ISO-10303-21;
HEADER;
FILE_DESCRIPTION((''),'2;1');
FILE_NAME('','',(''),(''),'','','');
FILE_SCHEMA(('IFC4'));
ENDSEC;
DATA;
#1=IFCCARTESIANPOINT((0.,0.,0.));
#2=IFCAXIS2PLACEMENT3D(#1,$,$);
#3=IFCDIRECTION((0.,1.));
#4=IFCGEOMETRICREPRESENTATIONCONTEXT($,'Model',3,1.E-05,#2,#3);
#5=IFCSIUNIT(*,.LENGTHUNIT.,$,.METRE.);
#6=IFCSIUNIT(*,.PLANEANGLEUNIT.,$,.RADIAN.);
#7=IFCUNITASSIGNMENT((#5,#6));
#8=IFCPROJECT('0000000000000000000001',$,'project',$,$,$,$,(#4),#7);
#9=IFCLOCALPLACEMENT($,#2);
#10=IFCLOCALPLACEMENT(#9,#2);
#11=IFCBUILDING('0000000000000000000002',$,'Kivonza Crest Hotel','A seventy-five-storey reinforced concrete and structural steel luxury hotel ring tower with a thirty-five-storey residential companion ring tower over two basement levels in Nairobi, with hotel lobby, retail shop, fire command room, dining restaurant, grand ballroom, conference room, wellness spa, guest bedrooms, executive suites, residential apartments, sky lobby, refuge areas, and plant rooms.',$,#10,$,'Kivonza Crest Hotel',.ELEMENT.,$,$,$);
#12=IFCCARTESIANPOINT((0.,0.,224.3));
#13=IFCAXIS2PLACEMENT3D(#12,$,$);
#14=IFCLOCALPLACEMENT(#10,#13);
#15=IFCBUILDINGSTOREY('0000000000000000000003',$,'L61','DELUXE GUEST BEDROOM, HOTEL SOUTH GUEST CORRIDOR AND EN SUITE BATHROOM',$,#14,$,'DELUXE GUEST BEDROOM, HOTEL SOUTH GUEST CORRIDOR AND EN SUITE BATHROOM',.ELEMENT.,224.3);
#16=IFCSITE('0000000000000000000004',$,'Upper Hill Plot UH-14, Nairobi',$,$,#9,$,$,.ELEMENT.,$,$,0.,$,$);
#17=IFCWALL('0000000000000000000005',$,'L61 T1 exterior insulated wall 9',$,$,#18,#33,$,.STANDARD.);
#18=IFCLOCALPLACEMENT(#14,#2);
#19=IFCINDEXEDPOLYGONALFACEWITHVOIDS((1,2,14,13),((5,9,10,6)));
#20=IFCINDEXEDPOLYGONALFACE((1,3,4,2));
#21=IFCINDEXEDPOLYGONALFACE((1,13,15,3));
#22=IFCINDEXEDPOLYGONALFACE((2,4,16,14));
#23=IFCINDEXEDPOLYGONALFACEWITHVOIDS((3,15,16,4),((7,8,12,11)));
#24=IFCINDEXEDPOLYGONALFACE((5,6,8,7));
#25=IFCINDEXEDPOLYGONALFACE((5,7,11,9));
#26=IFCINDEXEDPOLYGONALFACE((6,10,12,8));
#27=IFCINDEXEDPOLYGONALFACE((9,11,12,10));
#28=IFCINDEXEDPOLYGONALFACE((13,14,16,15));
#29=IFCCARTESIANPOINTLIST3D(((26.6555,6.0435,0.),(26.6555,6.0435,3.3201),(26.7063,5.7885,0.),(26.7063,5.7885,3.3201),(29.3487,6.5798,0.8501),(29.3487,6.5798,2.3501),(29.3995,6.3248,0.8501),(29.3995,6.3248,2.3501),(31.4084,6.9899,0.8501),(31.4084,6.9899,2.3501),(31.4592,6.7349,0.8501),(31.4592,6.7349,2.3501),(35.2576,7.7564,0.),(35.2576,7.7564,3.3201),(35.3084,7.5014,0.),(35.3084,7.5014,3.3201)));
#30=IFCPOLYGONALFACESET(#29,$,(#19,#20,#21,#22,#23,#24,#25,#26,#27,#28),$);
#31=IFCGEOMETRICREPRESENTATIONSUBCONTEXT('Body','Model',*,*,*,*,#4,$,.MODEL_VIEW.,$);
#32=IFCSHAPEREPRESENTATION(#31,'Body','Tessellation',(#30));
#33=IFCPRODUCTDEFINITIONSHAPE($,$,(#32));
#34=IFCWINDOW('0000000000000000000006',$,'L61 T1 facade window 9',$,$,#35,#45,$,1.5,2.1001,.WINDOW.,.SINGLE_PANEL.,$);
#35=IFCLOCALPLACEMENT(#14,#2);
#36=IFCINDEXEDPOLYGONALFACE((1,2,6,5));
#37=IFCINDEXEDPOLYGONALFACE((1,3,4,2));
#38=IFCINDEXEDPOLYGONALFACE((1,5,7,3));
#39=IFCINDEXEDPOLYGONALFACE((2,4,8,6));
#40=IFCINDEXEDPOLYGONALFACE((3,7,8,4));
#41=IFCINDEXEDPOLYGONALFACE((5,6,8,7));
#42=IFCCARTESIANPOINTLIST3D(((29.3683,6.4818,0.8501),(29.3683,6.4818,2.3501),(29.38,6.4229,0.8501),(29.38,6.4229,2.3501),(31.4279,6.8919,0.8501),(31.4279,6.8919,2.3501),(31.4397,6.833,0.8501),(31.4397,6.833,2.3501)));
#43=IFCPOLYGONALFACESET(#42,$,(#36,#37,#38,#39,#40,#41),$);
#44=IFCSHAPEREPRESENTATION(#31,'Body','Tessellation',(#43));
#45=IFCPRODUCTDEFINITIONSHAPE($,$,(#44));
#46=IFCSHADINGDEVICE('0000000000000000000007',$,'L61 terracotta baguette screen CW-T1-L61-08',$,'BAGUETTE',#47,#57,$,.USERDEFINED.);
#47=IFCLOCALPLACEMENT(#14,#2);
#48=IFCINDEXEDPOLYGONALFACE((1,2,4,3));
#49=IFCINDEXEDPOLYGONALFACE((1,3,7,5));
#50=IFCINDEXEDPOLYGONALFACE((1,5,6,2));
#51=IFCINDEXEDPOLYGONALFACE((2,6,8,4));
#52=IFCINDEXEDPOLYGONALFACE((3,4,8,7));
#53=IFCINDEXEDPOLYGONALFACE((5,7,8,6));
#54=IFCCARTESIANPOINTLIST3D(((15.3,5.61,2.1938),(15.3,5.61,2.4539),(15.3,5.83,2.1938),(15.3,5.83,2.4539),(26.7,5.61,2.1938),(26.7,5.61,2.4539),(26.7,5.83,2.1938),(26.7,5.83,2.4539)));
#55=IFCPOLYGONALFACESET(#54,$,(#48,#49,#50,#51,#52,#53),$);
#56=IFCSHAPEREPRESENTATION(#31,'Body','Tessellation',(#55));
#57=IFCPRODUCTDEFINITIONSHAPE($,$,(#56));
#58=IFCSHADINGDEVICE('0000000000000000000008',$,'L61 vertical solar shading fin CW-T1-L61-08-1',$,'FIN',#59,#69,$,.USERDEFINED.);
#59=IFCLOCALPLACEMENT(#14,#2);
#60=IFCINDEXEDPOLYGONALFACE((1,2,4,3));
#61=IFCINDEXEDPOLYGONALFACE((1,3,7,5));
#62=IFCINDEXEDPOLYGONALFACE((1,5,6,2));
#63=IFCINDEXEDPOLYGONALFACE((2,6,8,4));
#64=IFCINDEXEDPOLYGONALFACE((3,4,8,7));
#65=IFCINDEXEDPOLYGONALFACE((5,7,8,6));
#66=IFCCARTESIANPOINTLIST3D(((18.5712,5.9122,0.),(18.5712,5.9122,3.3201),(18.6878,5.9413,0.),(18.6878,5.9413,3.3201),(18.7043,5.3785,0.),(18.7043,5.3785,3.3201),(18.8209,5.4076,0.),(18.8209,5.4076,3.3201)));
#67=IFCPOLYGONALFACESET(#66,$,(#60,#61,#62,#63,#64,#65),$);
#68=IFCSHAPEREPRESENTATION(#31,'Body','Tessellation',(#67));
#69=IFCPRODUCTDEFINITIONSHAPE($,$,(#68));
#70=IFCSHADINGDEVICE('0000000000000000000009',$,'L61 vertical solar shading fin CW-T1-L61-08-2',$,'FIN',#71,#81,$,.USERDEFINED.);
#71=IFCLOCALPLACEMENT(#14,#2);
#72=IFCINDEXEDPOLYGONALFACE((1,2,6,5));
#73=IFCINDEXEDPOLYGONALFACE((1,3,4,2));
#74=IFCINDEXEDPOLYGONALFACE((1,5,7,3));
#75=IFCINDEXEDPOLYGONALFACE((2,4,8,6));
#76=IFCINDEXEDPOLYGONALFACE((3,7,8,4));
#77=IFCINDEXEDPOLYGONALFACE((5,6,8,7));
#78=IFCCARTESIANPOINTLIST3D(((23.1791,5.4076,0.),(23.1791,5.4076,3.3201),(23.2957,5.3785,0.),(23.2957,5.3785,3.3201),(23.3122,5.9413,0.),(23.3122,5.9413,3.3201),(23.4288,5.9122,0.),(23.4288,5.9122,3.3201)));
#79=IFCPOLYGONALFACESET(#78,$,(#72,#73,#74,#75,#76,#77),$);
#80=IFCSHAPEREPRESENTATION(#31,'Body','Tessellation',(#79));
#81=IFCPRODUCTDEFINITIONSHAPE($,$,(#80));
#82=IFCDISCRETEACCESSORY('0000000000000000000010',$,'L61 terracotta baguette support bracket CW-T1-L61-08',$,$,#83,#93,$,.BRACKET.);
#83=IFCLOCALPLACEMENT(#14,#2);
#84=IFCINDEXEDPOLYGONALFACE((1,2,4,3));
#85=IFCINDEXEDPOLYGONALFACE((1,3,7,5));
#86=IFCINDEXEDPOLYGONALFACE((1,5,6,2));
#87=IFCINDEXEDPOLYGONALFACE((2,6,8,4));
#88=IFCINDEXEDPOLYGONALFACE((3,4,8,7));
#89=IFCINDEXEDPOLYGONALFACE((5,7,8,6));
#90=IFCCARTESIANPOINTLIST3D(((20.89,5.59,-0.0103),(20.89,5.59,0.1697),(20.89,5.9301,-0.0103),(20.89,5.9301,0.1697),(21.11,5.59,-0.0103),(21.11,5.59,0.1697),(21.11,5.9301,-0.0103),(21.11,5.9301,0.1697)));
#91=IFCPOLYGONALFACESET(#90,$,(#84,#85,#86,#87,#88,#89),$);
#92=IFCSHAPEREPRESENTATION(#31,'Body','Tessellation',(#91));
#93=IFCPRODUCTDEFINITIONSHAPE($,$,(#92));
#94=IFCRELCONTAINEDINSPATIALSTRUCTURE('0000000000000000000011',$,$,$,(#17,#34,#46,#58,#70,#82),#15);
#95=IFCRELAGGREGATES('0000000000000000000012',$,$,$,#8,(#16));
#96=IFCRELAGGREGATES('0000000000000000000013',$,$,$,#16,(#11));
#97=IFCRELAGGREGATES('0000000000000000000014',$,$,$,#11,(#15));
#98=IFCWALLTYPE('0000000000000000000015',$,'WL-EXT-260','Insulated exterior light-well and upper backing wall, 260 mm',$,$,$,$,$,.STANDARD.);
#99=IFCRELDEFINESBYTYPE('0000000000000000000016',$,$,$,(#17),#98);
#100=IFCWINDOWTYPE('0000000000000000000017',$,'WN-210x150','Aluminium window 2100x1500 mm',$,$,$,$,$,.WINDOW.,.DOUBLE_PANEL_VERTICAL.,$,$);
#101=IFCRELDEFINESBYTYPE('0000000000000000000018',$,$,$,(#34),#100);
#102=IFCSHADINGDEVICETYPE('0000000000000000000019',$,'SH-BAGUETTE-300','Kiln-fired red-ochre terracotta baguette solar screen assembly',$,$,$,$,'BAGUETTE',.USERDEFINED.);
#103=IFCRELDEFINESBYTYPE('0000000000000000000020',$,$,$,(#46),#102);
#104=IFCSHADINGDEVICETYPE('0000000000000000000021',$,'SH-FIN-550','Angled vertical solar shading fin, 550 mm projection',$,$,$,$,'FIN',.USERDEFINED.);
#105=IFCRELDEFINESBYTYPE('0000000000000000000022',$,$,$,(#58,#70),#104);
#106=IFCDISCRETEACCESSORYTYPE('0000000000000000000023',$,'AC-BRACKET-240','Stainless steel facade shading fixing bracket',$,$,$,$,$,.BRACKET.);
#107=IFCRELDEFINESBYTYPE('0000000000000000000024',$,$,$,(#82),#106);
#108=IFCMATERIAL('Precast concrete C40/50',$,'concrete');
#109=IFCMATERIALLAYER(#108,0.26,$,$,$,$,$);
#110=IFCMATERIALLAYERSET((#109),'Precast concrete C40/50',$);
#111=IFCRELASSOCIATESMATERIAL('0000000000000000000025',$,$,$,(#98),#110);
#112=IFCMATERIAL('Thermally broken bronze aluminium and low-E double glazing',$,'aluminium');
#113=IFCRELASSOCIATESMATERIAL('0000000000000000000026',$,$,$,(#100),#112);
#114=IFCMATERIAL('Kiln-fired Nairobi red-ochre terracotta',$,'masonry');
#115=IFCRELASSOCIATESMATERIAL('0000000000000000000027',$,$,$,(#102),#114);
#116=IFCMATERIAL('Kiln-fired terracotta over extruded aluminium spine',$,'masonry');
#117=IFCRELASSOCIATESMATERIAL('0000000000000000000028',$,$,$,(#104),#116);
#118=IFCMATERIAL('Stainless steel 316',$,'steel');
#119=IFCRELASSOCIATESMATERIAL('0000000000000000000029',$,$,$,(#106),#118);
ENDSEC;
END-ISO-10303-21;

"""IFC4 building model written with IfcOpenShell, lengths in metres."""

from ifc_helpers import new_model, si_unit, direction, frame, frame_2d, origin, origin_2d, place, context, subcontext, project, spatial, rectangle, extrude, material, layer, layer_set, type_object, element, fill, save


model = new_model("IFC4")

# Units and contexts
model_context = context("Model", 3, precision=1e-05, world=origin(), true_north=direction((0.0, 1.0)))
body_context = subcontext(model_context, "Body", "Model", "MODEL_VIEW")
ifc_project = project(units=[si_unit("LENGTHUNIT", "METRE"), si_unit("PLANEANGLEUNIT", "RADIAN")], contexts=[model_context])

# Site, building, storey
site_placement = place(None, origin())
site = spatial("IfcSite", under=ifc_project, at=site_placement, Name="Upper Hill Plot UH-14, Nairobi", CompositionType="ELEMENT", RefElevation=0.0)
building_placement = place(site_placement, origin())
building = spatial("IfcBuilding", under=site, at=building_placement, Name="Kivonza Crest Hotel", Description="A seventy-five-storey reinforced concrete and structural steel luxury hotel ring tower with a thirty-five-storey residential companion ring tower over two basement levels in Nairobi, with hotel lobby, retail shop, fire command room, dining restaurant, grand ballroom, conference room, wellness spa, guest bedrooms, executive suites, residential apartments, sky lobby, refuge areas, and plant rooms.", LongName="Kivonza Crest Hotel", CompositionType="ELEMENT")
storey_placement = place(building_placement, frame((0.0, 0.0, 224.3)))
storey = spatial("IfcBuildingStorey", under=building, at=storey_placement, Name="L61", Description="DELUXE GUEST BEDROOM, HOTEL SOUTH GUEST CORRIDOR AND EN SUITE BATHROOM", LongName="DELUXE GUEST BEDROOM, HOTEL SOUTH GUEST CORRIDOR AND EN SUITE BATHROOM", CompositionType="ELEMENT", Elevation=224.3)

# Wall, opening, window
ifc_material_1 = material(Name="Precast concrete C40/50", Category="concrete")
ifc_layer_1 = layer(ifc_material_1, 0.26)
ifc_layer_set_1 = layer_set([ifc_layer_1], Name="Precast concrete C40/50")
wall_type_1 = type_object("IfcWallType", Name="WL-EXT-260", Description="Insulated exterior light-well and upper backing wall, 260 mm", PredefinedType="STANDARD", material=ifc_layer_set_1)
wall_1_placement = place(storey_placement, frame((26.6809, 5.916, 0.0), z_axis=(0.0, 0.0, 1.0), x_axis=(0.980745, 0.195292, 0.0)))
wall_1 = element("IfcWall", 1, at=wall_1_placement, inside=storey, type_object=wall_type_1, Name="L61 T1 exterior insulated wall 9", PredefinedType="STANDARD", context=body_context, shape_type="SweptSolid", body=[
    extrude(rectangle(XDim=8.771, YDim=0.26, at=frame_2d((4.3855, 0.0))), origin(), (0.0, 0.0, 1.0), 3.3201),
])
opening_1_placement = place(wall_1_placement, frame((2.7461, 0.0, 0.8501)))
opening_1 = element("IfcOpeningElement", 2, at=opening_1_placement, cuts=wall_1, PredefinedType="OPENING", context=body_context, shape_type="SweptSolid", body=[
    extrude(rectangle(XDim=2.1001, YDim=1.5, at=frame_2d((1.05, 0.75))), frame((0.0, 0.1401, 0.0), z_axis=(0.0, -1.0, 0.0), x_axis=(1.0, 0.0, 0.0)), (0.0, 0.0, 1.0), 0.28),
])
ifc_material_2 = material(Name="Thermally broken bronze aluminium and low-E double glazing", Category="aluminium")
window_type = type_object("IfcWindowType", Name="WN-210x150", Description="Aluminium window 2100x1500 mm", PartitioningType="DOUBLE_PANEL_VERTICAL", PredefinedType="WINDOW", material=ifc_material_2)
window_placement = place(opening_1_placement, origin())
window = element("IfcWindow", 3, at=window_placement, inside=storey, type_object=window_type, Name="L61 T1 facade window 9", OverallHeight=1.5, OverallWidth=2.1001, PartitioningType="SINGLE_PANEL", PredefinedType="WINDOW", context=body_context, shape_type="SweptSolid", body=[
    extrude(rectangle(XDim=2.1001, YDim=1.5, at=frame_2d((1.05, 0.75))), frame((0.0, 0.03, 0.0), z_axis=(0.0, -1.0, 0.0), x_axis=(1.0, 0.0, 0.0)), (0.0, 0.0, 1.0), 0.0601),
])
fill(opening_1, window)

# Shading devices
ifc_material_3 = material(Name="Kiln-fired Nairobi red-ochre terracotta", Category="masonry")
shading_device_type_1 = type_object("IfcShadingDeviceType", Name="SH-BAGUETTE-300", Description="Kiln-fired red-ochre terracotta baguette solar screen assembly", ElementType="BAGUETTE", PredefinedType="USERDEFINED", material=ifc_material_3)
shading_device_placement = place(storey_placement, frame((21.0, 5.72, 2.1938), z_axis=(0.0, 0.0, 1.0), x_axis=(1.0, 0.0, 0.0)))
element("IfcShadingDevice", 4, at=shading_device_placement, inside=storey, type_object=shading_device_type_1, Name="L61 terracotta baguette screen CW-T1-L61-08", ObjectType="BAGUETTE", PredefinedType="USERDEFINED", context=body_context, shape_type="SweptSolid", body=[
    extrude(rectangle(XDim=11.3999, YDim=0.22, at=origin_2d()), origin(), (0.0, 0.0, 1.0), 0.26),
])
ifc_material_4 = material(Name="Kiln-fired terracotta over extruded aluminium spine", Category="masonry")
shading_device_type_2 = type_object("IfcShadingDeviceType", Name="SH-FIN-550", Description="Angled vertical solar shading fin, 550 mm projection", ElementType="FIN", PredefinedType="USERDEFINED", material=ifc_material_4)
for number, where, z_axis, x_axis, name in (
    (5, (18.696, 5.6599, 0.0), (0.0, 0.0, 1.0), (0.970296, 0.241922, 0.0), "L61 vertical solar shading fin CW-T1-L61-08-1"),
    (6, (23.304, 5.6599, 0.0), (0.0, 0.0, 1.0), (0.970296, -0.241922, 0.0), "L61 vertical solar shading fin CW-T1-L61-08-2"),
):
    element("IfcShadingDevice", number, at=place(storey_placement, frame(where, z_axis=z_axis, x_axis=x_axis)), inside=storey, type_object=shading_device_type_2, Name=name, ObjectType="FIN", PredefinedType="USERDEFINED", context=body_context, shape_type="SweptSolid", body=[
        extrude(rectangle(XDim=0.1201, YDim=0.55, at=origin_2d()), origin(), (0.0, 0.0, 1.0), 3.3201),
    ])

# Discrete accessory
ifc_material_5 = material(Name="Stainless steel 316", Category="steel")
discrete_accessory_type = type_object("IfcDiscreteAccessoryType", Name="AC-BRACKET-240", Description="Stainless steel facade shading fixing bracket", PredefinedType="BRACKET", material=ifc_material_5)
discrete_accessory_placement = place(storey_placement, frame((21.0, 5.76, -0.0103), z_axis=(0.0, 0.0, 1.0), x_axis=(1.0, 0.0, 0.0)))
element("IfcDiscreteAccessory", 7, at=discrete_accessory_placement, inside=storey, type_object=discrete_accessory_type, Name="L61 terracotta baguette support bracket CW-T1-L61-08", PredefinedType="BRACKET", context=body_context, shape_type="SweptSolid", body=[
    extrude(rectangle(XDim=0.22, YDim=0.3401, at=origin_2d()), origin(), (0.0, 0.0, 1.0), 0.1799),
])

save(model, "model.ifc")
